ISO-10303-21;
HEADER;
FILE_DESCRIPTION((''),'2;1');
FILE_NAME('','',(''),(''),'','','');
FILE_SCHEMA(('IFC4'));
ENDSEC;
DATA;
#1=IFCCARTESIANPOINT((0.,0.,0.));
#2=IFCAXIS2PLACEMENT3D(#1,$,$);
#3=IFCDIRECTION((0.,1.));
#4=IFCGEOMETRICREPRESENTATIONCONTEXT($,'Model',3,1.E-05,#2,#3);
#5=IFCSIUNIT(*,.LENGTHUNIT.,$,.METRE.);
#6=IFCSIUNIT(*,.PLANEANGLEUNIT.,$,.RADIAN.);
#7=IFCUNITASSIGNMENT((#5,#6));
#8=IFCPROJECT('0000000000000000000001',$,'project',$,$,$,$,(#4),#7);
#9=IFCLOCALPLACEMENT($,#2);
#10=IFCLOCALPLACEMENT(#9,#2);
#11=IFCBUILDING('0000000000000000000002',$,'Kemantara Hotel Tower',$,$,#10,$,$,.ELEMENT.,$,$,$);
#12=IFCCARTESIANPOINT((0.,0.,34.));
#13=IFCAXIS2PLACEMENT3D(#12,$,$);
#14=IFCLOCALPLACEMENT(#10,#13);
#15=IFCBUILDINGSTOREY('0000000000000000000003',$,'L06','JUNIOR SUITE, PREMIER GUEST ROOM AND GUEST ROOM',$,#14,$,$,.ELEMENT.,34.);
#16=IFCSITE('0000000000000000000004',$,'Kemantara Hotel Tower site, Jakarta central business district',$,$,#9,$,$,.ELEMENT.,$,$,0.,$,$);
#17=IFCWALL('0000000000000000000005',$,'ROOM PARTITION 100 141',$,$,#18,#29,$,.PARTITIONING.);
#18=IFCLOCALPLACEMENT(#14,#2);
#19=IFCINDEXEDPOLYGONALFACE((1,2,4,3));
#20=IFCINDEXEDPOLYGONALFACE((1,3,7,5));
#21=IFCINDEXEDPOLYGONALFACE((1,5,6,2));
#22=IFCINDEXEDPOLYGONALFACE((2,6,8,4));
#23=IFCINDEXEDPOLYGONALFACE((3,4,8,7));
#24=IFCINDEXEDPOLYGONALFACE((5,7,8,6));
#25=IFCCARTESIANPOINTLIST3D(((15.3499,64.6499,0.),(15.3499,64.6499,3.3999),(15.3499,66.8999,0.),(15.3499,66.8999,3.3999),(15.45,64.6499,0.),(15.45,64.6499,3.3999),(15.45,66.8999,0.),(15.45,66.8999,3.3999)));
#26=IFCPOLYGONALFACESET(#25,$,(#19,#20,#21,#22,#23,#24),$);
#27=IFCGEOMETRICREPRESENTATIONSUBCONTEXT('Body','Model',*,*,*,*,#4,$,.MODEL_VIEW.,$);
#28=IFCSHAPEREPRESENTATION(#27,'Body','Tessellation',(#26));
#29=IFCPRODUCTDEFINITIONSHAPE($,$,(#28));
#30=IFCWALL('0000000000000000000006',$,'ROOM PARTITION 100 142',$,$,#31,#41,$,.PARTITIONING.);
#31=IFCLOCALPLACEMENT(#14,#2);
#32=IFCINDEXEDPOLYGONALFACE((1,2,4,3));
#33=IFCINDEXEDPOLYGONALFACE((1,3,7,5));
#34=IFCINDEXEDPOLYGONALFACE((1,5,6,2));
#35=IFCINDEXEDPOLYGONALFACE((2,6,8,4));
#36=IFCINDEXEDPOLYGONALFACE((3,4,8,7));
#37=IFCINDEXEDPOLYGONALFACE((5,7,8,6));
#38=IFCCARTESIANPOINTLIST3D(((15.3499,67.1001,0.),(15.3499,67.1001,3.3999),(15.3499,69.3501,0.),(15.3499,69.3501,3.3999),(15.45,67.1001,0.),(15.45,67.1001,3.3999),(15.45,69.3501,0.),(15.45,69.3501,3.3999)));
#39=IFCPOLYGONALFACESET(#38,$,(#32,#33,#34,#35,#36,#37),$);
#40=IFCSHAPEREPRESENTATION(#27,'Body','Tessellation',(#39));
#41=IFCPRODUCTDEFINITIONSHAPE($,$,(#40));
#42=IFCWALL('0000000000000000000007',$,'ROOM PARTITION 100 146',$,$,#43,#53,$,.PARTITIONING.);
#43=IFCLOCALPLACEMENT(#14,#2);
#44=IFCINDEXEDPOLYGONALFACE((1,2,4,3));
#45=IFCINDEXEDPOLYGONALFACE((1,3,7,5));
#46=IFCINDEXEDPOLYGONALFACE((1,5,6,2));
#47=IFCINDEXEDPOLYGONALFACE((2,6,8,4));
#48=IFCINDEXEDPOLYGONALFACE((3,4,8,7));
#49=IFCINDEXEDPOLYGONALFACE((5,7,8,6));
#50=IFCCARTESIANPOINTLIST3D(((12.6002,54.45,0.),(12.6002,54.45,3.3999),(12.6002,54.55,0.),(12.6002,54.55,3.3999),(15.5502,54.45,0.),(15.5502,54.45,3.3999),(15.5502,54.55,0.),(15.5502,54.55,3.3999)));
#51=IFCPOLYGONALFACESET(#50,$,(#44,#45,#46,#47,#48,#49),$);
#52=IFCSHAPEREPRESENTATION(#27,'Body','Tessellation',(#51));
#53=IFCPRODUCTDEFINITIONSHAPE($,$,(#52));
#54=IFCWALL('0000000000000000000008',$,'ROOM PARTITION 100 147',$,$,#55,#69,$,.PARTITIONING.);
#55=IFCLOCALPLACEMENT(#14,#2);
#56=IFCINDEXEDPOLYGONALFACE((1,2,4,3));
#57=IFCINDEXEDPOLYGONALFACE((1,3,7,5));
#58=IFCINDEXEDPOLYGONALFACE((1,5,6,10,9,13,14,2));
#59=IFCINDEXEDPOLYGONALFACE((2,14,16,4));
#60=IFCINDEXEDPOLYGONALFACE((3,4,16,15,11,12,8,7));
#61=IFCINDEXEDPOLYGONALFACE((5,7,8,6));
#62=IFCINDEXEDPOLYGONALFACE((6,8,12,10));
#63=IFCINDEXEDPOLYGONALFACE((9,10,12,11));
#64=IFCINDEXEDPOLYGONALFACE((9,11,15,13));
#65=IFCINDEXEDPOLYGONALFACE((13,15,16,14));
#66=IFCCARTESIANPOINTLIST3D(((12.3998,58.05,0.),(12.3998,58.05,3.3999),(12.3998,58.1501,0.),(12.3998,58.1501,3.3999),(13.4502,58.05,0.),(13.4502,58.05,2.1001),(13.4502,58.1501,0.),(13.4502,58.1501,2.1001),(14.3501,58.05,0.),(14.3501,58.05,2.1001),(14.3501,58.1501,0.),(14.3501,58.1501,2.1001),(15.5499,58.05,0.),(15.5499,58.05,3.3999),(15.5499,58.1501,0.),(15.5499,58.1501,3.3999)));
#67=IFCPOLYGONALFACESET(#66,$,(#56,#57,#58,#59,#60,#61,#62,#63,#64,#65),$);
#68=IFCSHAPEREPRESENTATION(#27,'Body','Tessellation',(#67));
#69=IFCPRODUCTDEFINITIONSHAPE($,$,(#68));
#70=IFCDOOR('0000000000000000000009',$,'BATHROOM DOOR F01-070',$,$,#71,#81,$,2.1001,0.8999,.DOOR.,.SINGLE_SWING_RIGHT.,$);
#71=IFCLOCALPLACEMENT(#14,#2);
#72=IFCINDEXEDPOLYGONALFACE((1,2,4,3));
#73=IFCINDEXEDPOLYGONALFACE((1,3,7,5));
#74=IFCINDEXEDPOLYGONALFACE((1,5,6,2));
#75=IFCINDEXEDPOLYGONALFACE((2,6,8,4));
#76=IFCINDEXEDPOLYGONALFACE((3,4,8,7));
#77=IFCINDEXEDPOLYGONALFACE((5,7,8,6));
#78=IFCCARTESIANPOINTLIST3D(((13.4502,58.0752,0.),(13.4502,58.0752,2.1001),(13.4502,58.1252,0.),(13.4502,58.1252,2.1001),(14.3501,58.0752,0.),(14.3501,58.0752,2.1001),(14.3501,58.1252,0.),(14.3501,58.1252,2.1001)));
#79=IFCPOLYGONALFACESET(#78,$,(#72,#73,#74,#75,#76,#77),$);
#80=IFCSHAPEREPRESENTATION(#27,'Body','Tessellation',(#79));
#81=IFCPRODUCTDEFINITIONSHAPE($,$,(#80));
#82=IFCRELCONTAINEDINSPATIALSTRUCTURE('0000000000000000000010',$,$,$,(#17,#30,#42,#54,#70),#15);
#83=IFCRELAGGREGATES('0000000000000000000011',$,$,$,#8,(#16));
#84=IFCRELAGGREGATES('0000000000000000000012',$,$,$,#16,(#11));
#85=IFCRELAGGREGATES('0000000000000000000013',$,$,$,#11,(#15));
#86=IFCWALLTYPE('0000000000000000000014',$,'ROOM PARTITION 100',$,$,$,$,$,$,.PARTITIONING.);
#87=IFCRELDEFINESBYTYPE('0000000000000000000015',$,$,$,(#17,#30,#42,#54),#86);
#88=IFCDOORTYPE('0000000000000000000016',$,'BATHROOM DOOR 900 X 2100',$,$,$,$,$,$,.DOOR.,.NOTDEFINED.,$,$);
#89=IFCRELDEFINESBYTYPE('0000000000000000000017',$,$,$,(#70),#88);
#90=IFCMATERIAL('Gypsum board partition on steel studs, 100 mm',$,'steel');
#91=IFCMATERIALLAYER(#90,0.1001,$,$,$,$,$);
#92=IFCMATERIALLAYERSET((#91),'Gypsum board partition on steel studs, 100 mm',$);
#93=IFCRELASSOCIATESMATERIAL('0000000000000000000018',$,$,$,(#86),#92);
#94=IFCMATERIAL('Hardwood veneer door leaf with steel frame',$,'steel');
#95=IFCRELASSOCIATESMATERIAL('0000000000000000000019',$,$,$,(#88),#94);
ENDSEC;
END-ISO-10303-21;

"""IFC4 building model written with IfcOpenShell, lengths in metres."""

from ifc_helpers import new_model, si_unit, direction, frame, frame_2d, origin, place, context, subcontext, project, spatial, rectangle, extrude, material, layer, layer_set, type_object, element, fill, save


model = new_model("IFC4")

# Units and contexts
model_context = context("Model", 3, precision=1e-05, world=origin(), true_north=direction((0.0, 1.0)))
body_context = subcontext(model_context, "Body", "Model", "MODEL_VIEW")
ifc_project = project(units=[si_unit("LENGTHUNIT", "METRE"), si_unit("PLANEANGLEUNIT", "RADIAN")], contexts=[model_context])

# Site, building, storey
site_placement = place(None, origin())
site = spatial("IfcSite", under=ifc_project, at=site_placement, Name="Kemantara Hotel Tower site, Jakarta central business district", CompositionType="ELEMENT", RefElevation=0.0)
building_placement = place(site_placement, origin())
building = spatial("IfcBuilding", under=site, at=building_placement, Name="Kemantara Hotel Tower", CompositionType="ELEMENT")
storey_placement = place(building_placement, frame((0.0, 0.0, 34.0)))
storey = spatial("IfcBuildingStorey", under=building, at=storey_placement, Name="L06", Description="JUNIOR SUITE, PREMIER GUEST ROOM AND GUEST ROOM", CompositionType="ELEMENT", Elevation=34.0)

# Shared definitions
ifc_material_1 = material(Name="Hardwood veneer door leaf with steel frame", Category="steel")

# Shared definitions
ifc_material_2 = material(Name="Gypsum board partition on steel studs, 100 mm", Category="steel")
ifc_layer_1 = layer(ifc_material_2, 0.1001)
ifc_layer_set_1 = layer_set([ifc_layer_1], Name="Gypsum board partition on steel studs, 100 mm")
wall_type_1 = type_object("IfcWallType", Name="ROOM PARTITION 100", PredefinedType="PARTITIONING", material=ifc_layer_set_1)
door_type_1 = type_object("IfcDoorType", Name="BATHROOM DOOR 900 X 2100", OperationType="NOTDEFINED", PredefinedType="DOOR", material=ifc_material_1)

# Walls
for number, where, z_axis, x_axis, name in (
    (1, (15.3999, 64.6499, 0.0), (0.0, 0.0, 1.0), (0.0, 1.0, 0.0), "ROOM PARTITION 100 141"),
    (2, (15.3999, 67.1001, 0.0), (0.0, 0.0, 1.0), (0.0, 1.0, 0.0), "ROOM PARTITION 100 142"),
):
    element("IfcWall", number, at=place(storey_placement, frame(where, z_axis=z_axis, x_axis=x_axis)), inside=storey, type_object=wall_type_1, Name=name, PredefinedType="PARTITIONING", context=body_context, shape_type="SweptSolid", body=[
        extrude(rectangle(XDim=2.25, YDim=0.1001, at=frame_2d((1.125, 0.0))), origin(), (0.0, 0.0, 1.0), 3.3999),
    ])
wall_1_placement = place(storey_placement, frame((12.6001, 54.5, 0.0), z_axis=(0.0, 0.0, 1.0), x_axis=(1.0, 0.0, 0.0)))
element("IfcWall", 3, at=wall_1_placement, inside=storey, type_object=wall_type_1, Name="ROOM PARTITION 100 146", PredefinedType="PARTITIONING", context=body_context, shape_type="SweptSolid", body=[
    extrude(rectangle(XDim=2.95, YDim=0.1001, at=frame_2d((1.4751, 0.0))), origin(), (0.0, 0.0, 1.0), 3.3999),
])

# Wall, opening, door
wall_2_placement = place(storey_placement, frame((15.55, 58.1001, 0.0), z_axis=(0.0, 0.0, 1.0), x_axis=(-1.0, 0.0, 0.0)))
wall_2 = element("IfcWall", 4, at=wall_2_placement, inside=storey, type_object=wall_type_1, Name="ROOM PARTITION 100 147", PredefinedType="PARTITIONING", context=body_context, shape_type="SweptSolid", body=[
    extrude(rectangle(XDim=3.1501, YDim=0.1001, at=frame_2d((1.5752, 0.0))), origin(), (0.0, 0.0, 1.0), 3.3999),
])
opening_1_placement = place(wall_2_placement, frame((1.2, 0.0, 0.0)))
opening_1 = element("IfcOpeningElement", 5, at=opening_1_placement, cuts=wall_2, PredefinedType="OPENING", context=body_context, shape_type="SweptSolid", body=[
    extrude(rectangle(XDim=0.8999, YDim=2.1001, at=frame_2d((0.45, 1.05))), frame((0.0, 0.0601, 0.0), z_axis=(0.0, -1.0, 0.0), x_axis=(1.0, 0.0, 0.0)), (0.0, 0.0, 1.0), 0.1201),
])
door_1_placement = place(opening_1_placement, origin())
door_1 = element("IfcDoor", 6, at=door_1_placement, inside=storey, type_object=door_type_1, Name="BATHROOM DOOR F01-070", OperationType="SINGLE_SWING_RIGHT", OverallHeight=2.1001, OverallWidth=0.8999, PredefinedType="DOOR", context=body_context, shape_type="SweptSolid", body=[
    extrude(rectangle(XDim=0.8999, YDim=2.1001, at=frame_2d((0.45, 1.05))), frame((0.0, 0.0249, 0.0), z_axis=(0.0, -1.0, 0.0), x_axis=(1.0, 0.0, 0.0)), (0.0, 0.0, 1.0), 0.05),
])
fill(opening_1, door_1)

save(model, "model.ifc")
